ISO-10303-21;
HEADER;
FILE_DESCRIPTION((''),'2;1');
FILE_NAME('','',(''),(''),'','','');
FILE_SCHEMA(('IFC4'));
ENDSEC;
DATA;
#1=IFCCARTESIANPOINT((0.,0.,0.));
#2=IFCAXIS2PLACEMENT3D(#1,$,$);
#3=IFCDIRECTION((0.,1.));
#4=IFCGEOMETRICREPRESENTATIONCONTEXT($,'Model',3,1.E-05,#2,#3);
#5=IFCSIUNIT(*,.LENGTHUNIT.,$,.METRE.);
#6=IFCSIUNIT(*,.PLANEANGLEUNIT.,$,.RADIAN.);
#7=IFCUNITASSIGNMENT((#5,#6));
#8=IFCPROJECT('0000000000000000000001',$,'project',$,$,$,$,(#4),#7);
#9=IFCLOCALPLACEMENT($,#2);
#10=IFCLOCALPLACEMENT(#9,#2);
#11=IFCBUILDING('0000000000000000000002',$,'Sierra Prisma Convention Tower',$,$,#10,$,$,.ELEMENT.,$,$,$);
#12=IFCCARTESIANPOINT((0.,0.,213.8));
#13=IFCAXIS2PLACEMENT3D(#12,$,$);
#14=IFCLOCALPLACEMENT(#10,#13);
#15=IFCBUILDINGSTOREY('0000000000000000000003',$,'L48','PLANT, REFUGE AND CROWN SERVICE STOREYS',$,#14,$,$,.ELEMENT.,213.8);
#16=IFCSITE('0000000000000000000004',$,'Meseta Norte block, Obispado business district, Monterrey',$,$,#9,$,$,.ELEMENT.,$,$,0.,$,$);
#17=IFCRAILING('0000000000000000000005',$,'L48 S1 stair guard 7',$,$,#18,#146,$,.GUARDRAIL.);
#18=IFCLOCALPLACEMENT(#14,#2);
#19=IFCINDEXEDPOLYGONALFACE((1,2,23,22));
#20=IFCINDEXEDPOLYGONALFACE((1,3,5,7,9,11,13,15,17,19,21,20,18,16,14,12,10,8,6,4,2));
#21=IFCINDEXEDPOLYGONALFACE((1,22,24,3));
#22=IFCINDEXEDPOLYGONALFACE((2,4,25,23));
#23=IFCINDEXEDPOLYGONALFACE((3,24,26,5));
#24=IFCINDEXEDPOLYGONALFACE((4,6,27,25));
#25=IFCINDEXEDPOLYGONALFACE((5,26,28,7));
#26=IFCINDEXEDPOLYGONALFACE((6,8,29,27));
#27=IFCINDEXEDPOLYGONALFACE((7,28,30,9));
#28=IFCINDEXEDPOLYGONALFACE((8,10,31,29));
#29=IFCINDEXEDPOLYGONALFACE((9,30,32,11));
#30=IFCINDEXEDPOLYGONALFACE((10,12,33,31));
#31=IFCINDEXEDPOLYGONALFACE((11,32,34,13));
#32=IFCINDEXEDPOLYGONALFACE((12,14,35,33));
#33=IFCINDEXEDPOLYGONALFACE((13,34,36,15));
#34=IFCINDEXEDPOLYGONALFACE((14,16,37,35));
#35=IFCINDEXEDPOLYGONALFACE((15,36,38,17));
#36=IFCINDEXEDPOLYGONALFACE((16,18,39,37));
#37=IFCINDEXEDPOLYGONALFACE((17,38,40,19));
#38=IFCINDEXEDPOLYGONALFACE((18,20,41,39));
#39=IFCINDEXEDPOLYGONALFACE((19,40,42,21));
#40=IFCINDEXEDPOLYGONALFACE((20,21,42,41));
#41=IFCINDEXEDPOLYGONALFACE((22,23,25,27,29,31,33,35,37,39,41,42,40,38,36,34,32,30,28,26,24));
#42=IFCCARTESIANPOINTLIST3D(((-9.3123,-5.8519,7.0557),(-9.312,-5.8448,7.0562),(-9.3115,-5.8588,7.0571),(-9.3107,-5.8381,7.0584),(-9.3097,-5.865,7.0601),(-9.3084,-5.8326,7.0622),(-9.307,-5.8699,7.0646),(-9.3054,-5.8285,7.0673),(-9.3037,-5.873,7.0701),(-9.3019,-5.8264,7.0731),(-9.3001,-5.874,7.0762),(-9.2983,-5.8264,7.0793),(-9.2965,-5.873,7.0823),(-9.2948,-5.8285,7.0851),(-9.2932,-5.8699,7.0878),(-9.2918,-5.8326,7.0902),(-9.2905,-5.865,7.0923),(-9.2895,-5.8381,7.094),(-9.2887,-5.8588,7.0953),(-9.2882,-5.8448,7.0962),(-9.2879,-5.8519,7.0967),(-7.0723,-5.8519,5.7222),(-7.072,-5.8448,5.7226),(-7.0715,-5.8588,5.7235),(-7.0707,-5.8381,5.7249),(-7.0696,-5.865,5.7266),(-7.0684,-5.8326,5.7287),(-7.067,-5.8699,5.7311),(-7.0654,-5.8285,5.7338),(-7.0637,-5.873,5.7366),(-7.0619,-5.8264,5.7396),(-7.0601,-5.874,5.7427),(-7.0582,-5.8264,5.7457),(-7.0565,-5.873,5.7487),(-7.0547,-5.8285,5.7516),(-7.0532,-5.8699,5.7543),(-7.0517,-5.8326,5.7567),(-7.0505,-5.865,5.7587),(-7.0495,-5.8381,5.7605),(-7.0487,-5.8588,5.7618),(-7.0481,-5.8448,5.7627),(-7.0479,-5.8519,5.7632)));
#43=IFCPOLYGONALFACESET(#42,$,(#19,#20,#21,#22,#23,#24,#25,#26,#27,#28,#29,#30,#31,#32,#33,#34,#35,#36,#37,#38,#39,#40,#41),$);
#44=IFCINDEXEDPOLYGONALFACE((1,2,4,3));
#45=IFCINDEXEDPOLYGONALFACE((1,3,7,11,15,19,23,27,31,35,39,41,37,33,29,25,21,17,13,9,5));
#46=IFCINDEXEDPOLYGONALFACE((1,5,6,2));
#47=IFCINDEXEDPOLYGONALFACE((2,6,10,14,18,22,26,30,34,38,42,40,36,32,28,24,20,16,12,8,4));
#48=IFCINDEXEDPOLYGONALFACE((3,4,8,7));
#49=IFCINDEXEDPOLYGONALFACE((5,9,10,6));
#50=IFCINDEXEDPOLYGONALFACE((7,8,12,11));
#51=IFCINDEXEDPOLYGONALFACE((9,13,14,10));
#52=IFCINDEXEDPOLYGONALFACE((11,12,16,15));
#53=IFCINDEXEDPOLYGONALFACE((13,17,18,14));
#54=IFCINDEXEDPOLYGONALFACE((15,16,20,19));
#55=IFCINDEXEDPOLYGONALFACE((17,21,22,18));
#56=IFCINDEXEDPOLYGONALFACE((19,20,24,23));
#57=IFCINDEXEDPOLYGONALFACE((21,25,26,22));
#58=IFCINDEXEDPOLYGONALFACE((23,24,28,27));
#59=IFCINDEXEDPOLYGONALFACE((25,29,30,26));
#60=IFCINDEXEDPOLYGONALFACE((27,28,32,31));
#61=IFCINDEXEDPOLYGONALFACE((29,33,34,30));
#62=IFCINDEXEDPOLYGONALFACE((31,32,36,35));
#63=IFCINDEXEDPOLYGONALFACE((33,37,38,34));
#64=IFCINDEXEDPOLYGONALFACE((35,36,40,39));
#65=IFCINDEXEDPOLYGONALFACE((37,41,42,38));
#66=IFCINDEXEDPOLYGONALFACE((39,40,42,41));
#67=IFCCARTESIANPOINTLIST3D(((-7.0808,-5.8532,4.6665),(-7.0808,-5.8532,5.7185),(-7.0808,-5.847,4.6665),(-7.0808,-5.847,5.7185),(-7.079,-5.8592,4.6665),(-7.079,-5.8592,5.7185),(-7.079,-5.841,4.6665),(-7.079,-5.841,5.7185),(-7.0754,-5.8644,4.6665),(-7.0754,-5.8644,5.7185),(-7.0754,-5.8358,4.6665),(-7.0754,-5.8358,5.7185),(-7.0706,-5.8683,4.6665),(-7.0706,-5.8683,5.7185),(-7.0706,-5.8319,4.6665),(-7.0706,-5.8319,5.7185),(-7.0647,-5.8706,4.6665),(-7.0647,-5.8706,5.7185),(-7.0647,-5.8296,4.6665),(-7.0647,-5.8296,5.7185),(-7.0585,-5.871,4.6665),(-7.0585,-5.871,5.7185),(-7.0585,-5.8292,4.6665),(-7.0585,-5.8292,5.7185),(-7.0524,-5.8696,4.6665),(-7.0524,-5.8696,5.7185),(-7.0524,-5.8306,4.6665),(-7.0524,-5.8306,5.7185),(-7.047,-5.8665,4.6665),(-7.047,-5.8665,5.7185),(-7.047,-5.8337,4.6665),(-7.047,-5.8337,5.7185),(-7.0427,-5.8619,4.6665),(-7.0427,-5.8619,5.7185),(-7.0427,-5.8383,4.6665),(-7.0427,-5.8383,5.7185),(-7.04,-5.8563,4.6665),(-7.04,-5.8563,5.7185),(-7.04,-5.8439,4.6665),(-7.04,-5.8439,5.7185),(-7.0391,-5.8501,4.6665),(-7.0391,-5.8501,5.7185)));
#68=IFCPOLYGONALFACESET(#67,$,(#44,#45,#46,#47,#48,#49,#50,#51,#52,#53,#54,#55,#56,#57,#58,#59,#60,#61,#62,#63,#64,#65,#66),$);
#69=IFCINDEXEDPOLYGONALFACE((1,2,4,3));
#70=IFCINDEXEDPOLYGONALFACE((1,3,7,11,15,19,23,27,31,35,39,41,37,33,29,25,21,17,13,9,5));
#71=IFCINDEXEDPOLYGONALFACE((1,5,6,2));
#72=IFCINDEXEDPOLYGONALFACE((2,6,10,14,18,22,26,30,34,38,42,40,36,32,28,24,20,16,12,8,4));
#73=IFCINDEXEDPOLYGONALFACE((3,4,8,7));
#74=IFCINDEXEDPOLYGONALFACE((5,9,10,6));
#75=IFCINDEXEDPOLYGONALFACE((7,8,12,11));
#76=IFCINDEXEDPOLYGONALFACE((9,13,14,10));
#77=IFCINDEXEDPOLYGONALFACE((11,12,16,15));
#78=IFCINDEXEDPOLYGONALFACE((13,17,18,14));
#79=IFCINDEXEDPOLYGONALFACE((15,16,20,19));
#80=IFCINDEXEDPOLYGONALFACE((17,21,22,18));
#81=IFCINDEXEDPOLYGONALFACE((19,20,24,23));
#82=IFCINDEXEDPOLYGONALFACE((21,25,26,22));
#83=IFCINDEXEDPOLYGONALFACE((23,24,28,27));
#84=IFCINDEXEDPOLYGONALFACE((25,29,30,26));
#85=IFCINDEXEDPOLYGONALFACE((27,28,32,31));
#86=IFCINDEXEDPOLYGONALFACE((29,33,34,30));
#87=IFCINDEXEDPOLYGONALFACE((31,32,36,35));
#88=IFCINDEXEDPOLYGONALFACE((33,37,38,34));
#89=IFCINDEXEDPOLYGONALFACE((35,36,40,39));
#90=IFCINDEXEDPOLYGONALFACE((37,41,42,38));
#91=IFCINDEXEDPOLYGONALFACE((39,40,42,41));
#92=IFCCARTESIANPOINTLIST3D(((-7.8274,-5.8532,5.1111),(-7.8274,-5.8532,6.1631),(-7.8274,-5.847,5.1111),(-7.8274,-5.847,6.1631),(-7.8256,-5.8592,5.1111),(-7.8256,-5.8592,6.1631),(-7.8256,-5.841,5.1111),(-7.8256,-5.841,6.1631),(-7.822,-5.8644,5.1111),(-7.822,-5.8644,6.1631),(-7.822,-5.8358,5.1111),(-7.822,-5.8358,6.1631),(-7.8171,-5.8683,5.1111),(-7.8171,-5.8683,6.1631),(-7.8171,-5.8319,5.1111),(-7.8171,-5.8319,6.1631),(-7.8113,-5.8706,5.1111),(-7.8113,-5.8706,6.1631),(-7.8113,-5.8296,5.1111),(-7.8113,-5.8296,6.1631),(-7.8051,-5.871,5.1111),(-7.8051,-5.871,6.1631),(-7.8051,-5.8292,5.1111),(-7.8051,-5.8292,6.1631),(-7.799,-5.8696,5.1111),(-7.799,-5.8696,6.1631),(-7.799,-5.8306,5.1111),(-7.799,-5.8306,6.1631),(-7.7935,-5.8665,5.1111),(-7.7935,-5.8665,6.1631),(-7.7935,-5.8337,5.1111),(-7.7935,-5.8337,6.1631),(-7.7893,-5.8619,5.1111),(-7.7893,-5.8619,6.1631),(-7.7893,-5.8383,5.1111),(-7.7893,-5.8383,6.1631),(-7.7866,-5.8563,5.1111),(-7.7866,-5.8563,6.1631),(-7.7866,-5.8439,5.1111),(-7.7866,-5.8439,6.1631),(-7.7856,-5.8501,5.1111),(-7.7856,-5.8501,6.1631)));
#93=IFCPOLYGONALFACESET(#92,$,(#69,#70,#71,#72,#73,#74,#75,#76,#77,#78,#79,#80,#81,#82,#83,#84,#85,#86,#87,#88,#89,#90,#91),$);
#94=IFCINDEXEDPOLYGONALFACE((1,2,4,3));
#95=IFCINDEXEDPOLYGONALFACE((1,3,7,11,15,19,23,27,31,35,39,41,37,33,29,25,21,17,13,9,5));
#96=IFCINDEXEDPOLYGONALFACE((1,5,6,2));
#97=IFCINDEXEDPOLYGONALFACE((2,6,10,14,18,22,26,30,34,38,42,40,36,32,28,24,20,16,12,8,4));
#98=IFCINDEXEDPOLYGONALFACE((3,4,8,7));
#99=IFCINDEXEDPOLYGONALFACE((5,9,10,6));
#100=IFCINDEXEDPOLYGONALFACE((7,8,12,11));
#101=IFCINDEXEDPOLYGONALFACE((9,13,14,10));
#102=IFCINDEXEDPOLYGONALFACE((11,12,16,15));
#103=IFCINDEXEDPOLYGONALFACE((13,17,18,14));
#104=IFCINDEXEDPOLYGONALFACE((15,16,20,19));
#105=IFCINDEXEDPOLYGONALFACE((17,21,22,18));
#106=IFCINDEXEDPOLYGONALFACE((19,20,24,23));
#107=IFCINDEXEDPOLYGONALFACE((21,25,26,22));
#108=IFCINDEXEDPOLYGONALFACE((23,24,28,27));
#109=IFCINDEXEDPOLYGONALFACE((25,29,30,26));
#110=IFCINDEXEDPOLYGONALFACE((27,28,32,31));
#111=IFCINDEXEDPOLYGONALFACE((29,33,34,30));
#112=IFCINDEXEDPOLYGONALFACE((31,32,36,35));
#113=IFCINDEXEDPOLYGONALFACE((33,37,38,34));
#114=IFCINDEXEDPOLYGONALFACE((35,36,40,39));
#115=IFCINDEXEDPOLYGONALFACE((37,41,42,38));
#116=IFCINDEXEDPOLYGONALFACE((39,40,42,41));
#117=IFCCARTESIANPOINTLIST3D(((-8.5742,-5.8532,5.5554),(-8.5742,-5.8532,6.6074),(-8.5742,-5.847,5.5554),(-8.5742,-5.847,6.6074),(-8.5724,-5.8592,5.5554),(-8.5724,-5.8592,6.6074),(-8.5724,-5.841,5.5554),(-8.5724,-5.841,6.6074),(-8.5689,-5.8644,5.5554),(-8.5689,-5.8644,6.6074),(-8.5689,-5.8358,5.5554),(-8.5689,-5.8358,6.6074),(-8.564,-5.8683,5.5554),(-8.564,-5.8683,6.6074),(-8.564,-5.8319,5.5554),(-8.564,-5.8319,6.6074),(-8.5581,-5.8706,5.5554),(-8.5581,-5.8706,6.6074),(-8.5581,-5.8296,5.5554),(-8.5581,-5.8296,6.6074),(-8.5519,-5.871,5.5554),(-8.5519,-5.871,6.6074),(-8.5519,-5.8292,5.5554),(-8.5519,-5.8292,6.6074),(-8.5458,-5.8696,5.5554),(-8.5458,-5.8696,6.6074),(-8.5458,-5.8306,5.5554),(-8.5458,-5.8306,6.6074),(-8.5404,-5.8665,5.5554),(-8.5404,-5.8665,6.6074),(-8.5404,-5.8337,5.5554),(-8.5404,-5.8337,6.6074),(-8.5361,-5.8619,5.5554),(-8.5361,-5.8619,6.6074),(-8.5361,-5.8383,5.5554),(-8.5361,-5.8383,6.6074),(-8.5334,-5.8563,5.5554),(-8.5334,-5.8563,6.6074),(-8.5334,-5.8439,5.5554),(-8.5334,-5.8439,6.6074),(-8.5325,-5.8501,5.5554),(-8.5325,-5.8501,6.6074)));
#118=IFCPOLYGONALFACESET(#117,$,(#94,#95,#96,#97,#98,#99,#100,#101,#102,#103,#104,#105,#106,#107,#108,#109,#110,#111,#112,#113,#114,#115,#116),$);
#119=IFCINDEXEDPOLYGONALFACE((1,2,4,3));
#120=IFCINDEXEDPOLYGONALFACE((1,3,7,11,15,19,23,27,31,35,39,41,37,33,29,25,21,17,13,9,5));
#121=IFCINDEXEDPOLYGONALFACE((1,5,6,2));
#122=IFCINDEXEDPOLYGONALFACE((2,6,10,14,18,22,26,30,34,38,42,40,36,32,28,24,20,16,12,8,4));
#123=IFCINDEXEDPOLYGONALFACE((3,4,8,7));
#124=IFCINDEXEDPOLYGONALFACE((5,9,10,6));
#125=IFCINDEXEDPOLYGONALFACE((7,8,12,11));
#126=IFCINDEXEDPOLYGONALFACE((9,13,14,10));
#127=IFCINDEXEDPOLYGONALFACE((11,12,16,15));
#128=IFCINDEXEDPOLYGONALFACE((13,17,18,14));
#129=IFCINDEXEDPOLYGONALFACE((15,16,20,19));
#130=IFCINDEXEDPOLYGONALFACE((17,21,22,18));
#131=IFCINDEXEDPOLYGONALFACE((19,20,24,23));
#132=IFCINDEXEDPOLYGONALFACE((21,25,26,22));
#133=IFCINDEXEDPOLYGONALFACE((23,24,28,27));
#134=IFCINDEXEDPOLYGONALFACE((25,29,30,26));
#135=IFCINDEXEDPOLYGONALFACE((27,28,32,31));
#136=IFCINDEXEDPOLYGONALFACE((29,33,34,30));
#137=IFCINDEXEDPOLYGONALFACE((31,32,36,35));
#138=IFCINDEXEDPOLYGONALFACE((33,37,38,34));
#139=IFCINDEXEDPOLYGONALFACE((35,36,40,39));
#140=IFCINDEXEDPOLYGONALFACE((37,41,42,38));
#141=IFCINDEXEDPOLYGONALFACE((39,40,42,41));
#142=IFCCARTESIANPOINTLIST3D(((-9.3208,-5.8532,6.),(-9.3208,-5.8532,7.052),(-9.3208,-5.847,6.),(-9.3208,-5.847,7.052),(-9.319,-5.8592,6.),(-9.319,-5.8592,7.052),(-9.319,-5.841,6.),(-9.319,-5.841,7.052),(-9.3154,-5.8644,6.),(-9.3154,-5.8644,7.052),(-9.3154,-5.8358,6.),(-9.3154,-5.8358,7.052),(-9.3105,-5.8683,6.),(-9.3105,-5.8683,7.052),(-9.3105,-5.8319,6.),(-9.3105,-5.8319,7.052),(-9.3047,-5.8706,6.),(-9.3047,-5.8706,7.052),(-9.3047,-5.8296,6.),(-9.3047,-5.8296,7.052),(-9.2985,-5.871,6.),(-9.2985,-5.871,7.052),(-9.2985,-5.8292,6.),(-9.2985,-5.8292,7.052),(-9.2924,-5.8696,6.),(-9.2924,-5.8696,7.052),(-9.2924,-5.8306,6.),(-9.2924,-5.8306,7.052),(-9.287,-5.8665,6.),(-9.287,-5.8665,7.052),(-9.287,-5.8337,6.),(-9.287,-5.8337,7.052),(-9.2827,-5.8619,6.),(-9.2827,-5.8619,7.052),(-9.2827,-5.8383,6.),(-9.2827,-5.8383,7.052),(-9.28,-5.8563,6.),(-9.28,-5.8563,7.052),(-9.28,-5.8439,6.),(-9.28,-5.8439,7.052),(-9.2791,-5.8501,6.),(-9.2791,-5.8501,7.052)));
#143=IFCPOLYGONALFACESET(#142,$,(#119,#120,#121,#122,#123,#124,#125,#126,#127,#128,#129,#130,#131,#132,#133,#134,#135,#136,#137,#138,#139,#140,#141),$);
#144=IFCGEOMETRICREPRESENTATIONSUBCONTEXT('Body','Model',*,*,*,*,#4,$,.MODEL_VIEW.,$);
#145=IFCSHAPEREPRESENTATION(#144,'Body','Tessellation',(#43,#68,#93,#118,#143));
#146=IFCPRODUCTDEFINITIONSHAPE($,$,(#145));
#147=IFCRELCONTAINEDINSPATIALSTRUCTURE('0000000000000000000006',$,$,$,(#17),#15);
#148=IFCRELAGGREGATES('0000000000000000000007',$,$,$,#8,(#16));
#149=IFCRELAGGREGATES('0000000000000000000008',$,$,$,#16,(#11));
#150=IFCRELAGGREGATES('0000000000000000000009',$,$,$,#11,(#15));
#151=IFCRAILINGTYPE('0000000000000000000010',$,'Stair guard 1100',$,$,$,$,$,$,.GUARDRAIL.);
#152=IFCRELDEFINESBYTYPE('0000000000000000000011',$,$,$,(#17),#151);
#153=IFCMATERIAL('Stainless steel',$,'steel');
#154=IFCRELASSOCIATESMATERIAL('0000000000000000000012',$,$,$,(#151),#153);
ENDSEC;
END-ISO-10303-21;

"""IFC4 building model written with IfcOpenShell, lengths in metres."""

from ifc_helpers import new_model, si_unit, direction, frame, origin, origin_2d, place, context, subcontext, project, spatial, circle, extrude, material, type_object, element, save


model = new_model("IFC4")

# Units and contexts
model_context = context("Model", 3, precision=1e-05, world=origin(), true_north=direction((0.0, 1.0)))
body_context = subcontext(model_context, "Body", "Model", "MODEL_VIEW")
ifc_project = project(units=[si_unit("LENGTHUNIT", "METRE"), si_unit("PLANEANGLEUNIT", "RADIAN")], contexts=[model_context])

# Site, building, storey
site_placement = place(None, origin())
site = spatial("IfcSite", under=ifc_project, at=site_placement, Name="Meseta Norte block, Obispado business district, Monterrey", CompositionType="ELEMENT", RefElevation=0.0)
building_placement = place(site_placement, origin())
building = spatial("IfcBuilding", under=site, at=building_placement, Name="Sierra Prisma Convention Tower", CompositionType="ELEMENT")
storey_placement = place(building_placement, frame((0.0, 0.0, 213.8)))
storey = spatial("IfcBuildingStorey", under=building, at=storey_placement, Name="L48", Description="PLANT, REFUGE AND CROWN SERVICE STOREYS", CompositionType="ELEMENT", Elevation=213.8)

# Railing
ifc_material_1 = material(Name="Stainless steel", Category="steel")
railing_type_1 = type_object("IfcRailingType", Name="Stair guard 1100", PredefinedType="GUARDRAIL", material=ifc_material_1)
railing_1_placement = place(storey_placement, frame((-7.0601, -5.8501, 4.6665)))
element("IfcRailing", 1, at=railing_1_placement, inside=storey, type_object=railing_type_1, Name="L48 S1 stair guard 7", PredefinedType="GUARDRAIL", context=body_context, shape_type="SweptSolid", body=[
    extrude(circle(Radius=0.0239, at=origin_2d()), frame((0.0, 0.0, 1.0762), z_axis=(-0.859264, 0.0, 0.511532), x_axis=(0.0, -1.0, 0.0)), (0.0, 0.0, 1.0), 2.6069),
    extrude(circle(Radius=0.021, at=origin_2d()), origin(), (0.0, 0.0, 1.0), 1.052),
    extrude(circle(Radius=0.021, at=origin_2d()), frame((-0.7466, 0.0, 0.4446)), (0.0, 0.0, 1.0), 1.052),
    extrude(circle(Radius=0.021, at=origin_2d()), frame((-1.4934, 0.0, 0.8889)), (0.0, 0.0, 1.0), 1.052),
    extrude(circle(Radius=0.021, at=origin_2d()), frame((-2.24, 0.0, 1.3335)), (0.0, 0.0, 1.0), 1.052),
])

save(model, "model.ifc")
